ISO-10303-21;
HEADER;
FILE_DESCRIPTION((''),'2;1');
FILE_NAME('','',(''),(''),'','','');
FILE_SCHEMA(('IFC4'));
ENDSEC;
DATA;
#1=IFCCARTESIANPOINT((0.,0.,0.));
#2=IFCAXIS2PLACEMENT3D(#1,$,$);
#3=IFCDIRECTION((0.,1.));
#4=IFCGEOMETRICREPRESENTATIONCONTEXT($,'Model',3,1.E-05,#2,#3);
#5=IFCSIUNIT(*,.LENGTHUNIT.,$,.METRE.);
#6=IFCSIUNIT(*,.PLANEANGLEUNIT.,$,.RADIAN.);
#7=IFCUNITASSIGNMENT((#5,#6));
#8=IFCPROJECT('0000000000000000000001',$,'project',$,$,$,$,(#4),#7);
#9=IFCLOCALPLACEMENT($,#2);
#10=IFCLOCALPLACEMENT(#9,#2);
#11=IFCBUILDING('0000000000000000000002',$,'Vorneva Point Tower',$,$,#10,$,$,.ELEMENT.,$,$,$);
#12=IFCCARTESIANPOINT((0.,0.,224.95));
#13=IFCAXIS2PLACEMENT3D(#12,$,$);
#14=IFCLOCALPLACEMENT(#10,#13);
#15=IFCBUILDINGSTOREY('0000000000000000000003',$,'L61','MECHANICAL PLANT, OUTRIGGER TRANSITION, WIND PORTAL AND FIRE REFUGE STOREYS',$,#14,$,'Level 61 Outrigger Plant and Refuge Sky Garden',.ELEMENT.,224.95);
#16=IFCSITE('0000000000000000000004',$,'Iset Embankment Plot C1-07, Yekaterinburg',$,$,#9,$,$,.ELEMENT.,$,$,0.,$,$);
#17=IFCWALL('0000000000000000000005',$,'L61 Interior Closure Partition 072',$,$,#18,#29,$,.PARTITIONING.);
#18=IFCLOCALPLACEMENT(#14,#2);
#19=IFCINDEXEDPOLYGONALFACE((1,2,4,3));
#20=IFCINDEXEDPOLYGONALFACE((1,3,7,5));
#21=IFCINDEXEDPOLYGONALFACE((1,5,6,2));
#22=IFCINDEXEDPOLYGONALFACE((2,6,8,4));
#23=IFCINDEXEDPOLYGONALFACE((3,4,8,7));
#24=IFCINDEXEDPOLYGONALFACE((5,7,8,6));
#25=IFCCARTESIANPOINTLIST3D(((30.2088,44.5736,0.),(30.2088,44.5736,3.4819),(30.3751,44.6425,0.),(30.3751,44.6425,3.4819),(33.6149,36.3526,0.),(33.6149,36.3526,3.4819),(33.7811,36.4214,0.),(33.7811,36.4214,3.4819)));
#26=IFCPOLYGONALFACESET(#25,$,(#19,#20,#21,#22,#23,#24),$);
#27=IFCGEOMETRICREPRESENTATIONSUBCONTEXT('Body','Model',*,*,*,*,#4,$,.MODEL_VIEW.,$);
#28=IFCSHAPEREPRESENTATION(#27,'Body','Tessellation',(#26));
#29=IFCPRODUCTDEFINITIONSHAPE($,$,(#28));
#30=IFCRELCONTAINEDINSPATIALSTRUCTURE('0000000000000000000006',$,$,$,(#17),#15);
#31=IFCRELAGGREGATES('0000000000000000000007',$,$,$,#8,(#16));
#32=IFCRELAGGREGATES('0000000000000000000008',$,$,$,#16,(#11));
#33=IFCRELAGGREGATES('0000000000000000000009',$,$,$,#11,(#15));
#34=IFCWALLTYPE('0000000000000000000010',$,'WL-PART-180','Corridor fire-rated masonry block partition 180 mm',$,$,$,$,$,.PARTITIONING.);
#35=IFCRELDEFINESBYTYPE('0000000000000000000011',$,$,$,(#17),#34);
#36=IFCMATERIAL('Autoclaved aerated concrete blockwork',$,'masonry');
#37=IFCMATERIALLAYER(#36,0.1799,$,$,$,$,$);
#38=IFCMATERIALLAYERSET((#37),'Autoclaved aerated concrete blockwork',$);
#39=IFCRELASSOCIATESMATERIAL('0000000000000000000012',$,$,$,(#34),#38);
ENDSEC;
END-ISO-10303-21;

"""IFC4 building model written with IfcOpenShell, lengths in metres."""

from ifc_helpers import new_model, si_unit, direction, frame, frame_2d, origin, place, context, subcontext, project, spatial, rectangle, extrude, material, layer, layer_set, type_object, element, save


model = new_model("IFC4")

# Units and contexts
model_context = context("Model", 3, precision=1e-05, world=origin(), true_north=direction((0.0, 1.0)))
body_context = subcontext(model_context, "Body", "Model", "MODEL_VIEW")
ifc_project = project(units=[si_unit("LENGTHUNIT", "METRE"), si_unit("PLANEANGLEUNIT", "RADIAN")], contexts=[model_context])

# Site, building, storey
site_placement = place(None, origin())
site = spatial("IfcSite", under=ifc_project, at=site_placement, Name="Iset Embankment Plot C1-07, Yekaterinburg", CompositionType="ELEMENT", RefElevation=0.0)
building_placement = place(site_placement, origin())
building = spatial("IfcBuilding", under=site, at=building_placement, Name="Vorneva Point Tower", CompositionType="ELEMENT")
storey_placement = place(building_placement, frame((0.0, 0.0, 224.95)))
storey = spatial("IfcBuildingStorey", under=building, at=storey_placement, Name="L61", Description="MECHANICAL PLANT, OUTRIGGER TRANSITION, WIND PORTAL AND FIRE REFUGE STOREYS", LongName="Level 61 Outrigger Plant and Refuge Sky Garden", CompositionType="ELEMENT", Elevation=224.95)

# Shared definitions
ifc_material_1 = material(Name="Autoclaved aerated concrete blockwork", Category="masonry")
ifc_layer_1 = layer(ifc_material_1, 0.1799)
ifc_layer_set_1 = layer_set([ifc_layer_1], Name="Autoclaved aerated concrete blockwork")
wall_type_1 = type_object("IfcWallType", Name="WL-PART-180", Description="Corridor fire-rated masonry block partition 180 mm", PredefinedType="PARTITIONING", material=ifc_layer_set_1)

# Wall
wall_1_placement = place(storey_placement, frame((30.292, 44.6079, 0.0), z_axis=(0.0, 0.0, 1.0), x_axis=(0.382758, -0.923849, 0.0)))
element("IfcWall", 1, at=wall_1_placement, inside=storey, type_object=wall_type_1, Name="L61 Interior Closure Partition 072", PredefinedType="PARTITIONING", context=body_context, shape_type="SweptSolid", body=[
    extrude(rectangle(XDim=8.8987, YDim=0.1799, at=frame_2d((4.4492, 0.0))), origin(), (0.0, 0.0, 1.0), 3.4819),
])

save(model, "model.ifc")
